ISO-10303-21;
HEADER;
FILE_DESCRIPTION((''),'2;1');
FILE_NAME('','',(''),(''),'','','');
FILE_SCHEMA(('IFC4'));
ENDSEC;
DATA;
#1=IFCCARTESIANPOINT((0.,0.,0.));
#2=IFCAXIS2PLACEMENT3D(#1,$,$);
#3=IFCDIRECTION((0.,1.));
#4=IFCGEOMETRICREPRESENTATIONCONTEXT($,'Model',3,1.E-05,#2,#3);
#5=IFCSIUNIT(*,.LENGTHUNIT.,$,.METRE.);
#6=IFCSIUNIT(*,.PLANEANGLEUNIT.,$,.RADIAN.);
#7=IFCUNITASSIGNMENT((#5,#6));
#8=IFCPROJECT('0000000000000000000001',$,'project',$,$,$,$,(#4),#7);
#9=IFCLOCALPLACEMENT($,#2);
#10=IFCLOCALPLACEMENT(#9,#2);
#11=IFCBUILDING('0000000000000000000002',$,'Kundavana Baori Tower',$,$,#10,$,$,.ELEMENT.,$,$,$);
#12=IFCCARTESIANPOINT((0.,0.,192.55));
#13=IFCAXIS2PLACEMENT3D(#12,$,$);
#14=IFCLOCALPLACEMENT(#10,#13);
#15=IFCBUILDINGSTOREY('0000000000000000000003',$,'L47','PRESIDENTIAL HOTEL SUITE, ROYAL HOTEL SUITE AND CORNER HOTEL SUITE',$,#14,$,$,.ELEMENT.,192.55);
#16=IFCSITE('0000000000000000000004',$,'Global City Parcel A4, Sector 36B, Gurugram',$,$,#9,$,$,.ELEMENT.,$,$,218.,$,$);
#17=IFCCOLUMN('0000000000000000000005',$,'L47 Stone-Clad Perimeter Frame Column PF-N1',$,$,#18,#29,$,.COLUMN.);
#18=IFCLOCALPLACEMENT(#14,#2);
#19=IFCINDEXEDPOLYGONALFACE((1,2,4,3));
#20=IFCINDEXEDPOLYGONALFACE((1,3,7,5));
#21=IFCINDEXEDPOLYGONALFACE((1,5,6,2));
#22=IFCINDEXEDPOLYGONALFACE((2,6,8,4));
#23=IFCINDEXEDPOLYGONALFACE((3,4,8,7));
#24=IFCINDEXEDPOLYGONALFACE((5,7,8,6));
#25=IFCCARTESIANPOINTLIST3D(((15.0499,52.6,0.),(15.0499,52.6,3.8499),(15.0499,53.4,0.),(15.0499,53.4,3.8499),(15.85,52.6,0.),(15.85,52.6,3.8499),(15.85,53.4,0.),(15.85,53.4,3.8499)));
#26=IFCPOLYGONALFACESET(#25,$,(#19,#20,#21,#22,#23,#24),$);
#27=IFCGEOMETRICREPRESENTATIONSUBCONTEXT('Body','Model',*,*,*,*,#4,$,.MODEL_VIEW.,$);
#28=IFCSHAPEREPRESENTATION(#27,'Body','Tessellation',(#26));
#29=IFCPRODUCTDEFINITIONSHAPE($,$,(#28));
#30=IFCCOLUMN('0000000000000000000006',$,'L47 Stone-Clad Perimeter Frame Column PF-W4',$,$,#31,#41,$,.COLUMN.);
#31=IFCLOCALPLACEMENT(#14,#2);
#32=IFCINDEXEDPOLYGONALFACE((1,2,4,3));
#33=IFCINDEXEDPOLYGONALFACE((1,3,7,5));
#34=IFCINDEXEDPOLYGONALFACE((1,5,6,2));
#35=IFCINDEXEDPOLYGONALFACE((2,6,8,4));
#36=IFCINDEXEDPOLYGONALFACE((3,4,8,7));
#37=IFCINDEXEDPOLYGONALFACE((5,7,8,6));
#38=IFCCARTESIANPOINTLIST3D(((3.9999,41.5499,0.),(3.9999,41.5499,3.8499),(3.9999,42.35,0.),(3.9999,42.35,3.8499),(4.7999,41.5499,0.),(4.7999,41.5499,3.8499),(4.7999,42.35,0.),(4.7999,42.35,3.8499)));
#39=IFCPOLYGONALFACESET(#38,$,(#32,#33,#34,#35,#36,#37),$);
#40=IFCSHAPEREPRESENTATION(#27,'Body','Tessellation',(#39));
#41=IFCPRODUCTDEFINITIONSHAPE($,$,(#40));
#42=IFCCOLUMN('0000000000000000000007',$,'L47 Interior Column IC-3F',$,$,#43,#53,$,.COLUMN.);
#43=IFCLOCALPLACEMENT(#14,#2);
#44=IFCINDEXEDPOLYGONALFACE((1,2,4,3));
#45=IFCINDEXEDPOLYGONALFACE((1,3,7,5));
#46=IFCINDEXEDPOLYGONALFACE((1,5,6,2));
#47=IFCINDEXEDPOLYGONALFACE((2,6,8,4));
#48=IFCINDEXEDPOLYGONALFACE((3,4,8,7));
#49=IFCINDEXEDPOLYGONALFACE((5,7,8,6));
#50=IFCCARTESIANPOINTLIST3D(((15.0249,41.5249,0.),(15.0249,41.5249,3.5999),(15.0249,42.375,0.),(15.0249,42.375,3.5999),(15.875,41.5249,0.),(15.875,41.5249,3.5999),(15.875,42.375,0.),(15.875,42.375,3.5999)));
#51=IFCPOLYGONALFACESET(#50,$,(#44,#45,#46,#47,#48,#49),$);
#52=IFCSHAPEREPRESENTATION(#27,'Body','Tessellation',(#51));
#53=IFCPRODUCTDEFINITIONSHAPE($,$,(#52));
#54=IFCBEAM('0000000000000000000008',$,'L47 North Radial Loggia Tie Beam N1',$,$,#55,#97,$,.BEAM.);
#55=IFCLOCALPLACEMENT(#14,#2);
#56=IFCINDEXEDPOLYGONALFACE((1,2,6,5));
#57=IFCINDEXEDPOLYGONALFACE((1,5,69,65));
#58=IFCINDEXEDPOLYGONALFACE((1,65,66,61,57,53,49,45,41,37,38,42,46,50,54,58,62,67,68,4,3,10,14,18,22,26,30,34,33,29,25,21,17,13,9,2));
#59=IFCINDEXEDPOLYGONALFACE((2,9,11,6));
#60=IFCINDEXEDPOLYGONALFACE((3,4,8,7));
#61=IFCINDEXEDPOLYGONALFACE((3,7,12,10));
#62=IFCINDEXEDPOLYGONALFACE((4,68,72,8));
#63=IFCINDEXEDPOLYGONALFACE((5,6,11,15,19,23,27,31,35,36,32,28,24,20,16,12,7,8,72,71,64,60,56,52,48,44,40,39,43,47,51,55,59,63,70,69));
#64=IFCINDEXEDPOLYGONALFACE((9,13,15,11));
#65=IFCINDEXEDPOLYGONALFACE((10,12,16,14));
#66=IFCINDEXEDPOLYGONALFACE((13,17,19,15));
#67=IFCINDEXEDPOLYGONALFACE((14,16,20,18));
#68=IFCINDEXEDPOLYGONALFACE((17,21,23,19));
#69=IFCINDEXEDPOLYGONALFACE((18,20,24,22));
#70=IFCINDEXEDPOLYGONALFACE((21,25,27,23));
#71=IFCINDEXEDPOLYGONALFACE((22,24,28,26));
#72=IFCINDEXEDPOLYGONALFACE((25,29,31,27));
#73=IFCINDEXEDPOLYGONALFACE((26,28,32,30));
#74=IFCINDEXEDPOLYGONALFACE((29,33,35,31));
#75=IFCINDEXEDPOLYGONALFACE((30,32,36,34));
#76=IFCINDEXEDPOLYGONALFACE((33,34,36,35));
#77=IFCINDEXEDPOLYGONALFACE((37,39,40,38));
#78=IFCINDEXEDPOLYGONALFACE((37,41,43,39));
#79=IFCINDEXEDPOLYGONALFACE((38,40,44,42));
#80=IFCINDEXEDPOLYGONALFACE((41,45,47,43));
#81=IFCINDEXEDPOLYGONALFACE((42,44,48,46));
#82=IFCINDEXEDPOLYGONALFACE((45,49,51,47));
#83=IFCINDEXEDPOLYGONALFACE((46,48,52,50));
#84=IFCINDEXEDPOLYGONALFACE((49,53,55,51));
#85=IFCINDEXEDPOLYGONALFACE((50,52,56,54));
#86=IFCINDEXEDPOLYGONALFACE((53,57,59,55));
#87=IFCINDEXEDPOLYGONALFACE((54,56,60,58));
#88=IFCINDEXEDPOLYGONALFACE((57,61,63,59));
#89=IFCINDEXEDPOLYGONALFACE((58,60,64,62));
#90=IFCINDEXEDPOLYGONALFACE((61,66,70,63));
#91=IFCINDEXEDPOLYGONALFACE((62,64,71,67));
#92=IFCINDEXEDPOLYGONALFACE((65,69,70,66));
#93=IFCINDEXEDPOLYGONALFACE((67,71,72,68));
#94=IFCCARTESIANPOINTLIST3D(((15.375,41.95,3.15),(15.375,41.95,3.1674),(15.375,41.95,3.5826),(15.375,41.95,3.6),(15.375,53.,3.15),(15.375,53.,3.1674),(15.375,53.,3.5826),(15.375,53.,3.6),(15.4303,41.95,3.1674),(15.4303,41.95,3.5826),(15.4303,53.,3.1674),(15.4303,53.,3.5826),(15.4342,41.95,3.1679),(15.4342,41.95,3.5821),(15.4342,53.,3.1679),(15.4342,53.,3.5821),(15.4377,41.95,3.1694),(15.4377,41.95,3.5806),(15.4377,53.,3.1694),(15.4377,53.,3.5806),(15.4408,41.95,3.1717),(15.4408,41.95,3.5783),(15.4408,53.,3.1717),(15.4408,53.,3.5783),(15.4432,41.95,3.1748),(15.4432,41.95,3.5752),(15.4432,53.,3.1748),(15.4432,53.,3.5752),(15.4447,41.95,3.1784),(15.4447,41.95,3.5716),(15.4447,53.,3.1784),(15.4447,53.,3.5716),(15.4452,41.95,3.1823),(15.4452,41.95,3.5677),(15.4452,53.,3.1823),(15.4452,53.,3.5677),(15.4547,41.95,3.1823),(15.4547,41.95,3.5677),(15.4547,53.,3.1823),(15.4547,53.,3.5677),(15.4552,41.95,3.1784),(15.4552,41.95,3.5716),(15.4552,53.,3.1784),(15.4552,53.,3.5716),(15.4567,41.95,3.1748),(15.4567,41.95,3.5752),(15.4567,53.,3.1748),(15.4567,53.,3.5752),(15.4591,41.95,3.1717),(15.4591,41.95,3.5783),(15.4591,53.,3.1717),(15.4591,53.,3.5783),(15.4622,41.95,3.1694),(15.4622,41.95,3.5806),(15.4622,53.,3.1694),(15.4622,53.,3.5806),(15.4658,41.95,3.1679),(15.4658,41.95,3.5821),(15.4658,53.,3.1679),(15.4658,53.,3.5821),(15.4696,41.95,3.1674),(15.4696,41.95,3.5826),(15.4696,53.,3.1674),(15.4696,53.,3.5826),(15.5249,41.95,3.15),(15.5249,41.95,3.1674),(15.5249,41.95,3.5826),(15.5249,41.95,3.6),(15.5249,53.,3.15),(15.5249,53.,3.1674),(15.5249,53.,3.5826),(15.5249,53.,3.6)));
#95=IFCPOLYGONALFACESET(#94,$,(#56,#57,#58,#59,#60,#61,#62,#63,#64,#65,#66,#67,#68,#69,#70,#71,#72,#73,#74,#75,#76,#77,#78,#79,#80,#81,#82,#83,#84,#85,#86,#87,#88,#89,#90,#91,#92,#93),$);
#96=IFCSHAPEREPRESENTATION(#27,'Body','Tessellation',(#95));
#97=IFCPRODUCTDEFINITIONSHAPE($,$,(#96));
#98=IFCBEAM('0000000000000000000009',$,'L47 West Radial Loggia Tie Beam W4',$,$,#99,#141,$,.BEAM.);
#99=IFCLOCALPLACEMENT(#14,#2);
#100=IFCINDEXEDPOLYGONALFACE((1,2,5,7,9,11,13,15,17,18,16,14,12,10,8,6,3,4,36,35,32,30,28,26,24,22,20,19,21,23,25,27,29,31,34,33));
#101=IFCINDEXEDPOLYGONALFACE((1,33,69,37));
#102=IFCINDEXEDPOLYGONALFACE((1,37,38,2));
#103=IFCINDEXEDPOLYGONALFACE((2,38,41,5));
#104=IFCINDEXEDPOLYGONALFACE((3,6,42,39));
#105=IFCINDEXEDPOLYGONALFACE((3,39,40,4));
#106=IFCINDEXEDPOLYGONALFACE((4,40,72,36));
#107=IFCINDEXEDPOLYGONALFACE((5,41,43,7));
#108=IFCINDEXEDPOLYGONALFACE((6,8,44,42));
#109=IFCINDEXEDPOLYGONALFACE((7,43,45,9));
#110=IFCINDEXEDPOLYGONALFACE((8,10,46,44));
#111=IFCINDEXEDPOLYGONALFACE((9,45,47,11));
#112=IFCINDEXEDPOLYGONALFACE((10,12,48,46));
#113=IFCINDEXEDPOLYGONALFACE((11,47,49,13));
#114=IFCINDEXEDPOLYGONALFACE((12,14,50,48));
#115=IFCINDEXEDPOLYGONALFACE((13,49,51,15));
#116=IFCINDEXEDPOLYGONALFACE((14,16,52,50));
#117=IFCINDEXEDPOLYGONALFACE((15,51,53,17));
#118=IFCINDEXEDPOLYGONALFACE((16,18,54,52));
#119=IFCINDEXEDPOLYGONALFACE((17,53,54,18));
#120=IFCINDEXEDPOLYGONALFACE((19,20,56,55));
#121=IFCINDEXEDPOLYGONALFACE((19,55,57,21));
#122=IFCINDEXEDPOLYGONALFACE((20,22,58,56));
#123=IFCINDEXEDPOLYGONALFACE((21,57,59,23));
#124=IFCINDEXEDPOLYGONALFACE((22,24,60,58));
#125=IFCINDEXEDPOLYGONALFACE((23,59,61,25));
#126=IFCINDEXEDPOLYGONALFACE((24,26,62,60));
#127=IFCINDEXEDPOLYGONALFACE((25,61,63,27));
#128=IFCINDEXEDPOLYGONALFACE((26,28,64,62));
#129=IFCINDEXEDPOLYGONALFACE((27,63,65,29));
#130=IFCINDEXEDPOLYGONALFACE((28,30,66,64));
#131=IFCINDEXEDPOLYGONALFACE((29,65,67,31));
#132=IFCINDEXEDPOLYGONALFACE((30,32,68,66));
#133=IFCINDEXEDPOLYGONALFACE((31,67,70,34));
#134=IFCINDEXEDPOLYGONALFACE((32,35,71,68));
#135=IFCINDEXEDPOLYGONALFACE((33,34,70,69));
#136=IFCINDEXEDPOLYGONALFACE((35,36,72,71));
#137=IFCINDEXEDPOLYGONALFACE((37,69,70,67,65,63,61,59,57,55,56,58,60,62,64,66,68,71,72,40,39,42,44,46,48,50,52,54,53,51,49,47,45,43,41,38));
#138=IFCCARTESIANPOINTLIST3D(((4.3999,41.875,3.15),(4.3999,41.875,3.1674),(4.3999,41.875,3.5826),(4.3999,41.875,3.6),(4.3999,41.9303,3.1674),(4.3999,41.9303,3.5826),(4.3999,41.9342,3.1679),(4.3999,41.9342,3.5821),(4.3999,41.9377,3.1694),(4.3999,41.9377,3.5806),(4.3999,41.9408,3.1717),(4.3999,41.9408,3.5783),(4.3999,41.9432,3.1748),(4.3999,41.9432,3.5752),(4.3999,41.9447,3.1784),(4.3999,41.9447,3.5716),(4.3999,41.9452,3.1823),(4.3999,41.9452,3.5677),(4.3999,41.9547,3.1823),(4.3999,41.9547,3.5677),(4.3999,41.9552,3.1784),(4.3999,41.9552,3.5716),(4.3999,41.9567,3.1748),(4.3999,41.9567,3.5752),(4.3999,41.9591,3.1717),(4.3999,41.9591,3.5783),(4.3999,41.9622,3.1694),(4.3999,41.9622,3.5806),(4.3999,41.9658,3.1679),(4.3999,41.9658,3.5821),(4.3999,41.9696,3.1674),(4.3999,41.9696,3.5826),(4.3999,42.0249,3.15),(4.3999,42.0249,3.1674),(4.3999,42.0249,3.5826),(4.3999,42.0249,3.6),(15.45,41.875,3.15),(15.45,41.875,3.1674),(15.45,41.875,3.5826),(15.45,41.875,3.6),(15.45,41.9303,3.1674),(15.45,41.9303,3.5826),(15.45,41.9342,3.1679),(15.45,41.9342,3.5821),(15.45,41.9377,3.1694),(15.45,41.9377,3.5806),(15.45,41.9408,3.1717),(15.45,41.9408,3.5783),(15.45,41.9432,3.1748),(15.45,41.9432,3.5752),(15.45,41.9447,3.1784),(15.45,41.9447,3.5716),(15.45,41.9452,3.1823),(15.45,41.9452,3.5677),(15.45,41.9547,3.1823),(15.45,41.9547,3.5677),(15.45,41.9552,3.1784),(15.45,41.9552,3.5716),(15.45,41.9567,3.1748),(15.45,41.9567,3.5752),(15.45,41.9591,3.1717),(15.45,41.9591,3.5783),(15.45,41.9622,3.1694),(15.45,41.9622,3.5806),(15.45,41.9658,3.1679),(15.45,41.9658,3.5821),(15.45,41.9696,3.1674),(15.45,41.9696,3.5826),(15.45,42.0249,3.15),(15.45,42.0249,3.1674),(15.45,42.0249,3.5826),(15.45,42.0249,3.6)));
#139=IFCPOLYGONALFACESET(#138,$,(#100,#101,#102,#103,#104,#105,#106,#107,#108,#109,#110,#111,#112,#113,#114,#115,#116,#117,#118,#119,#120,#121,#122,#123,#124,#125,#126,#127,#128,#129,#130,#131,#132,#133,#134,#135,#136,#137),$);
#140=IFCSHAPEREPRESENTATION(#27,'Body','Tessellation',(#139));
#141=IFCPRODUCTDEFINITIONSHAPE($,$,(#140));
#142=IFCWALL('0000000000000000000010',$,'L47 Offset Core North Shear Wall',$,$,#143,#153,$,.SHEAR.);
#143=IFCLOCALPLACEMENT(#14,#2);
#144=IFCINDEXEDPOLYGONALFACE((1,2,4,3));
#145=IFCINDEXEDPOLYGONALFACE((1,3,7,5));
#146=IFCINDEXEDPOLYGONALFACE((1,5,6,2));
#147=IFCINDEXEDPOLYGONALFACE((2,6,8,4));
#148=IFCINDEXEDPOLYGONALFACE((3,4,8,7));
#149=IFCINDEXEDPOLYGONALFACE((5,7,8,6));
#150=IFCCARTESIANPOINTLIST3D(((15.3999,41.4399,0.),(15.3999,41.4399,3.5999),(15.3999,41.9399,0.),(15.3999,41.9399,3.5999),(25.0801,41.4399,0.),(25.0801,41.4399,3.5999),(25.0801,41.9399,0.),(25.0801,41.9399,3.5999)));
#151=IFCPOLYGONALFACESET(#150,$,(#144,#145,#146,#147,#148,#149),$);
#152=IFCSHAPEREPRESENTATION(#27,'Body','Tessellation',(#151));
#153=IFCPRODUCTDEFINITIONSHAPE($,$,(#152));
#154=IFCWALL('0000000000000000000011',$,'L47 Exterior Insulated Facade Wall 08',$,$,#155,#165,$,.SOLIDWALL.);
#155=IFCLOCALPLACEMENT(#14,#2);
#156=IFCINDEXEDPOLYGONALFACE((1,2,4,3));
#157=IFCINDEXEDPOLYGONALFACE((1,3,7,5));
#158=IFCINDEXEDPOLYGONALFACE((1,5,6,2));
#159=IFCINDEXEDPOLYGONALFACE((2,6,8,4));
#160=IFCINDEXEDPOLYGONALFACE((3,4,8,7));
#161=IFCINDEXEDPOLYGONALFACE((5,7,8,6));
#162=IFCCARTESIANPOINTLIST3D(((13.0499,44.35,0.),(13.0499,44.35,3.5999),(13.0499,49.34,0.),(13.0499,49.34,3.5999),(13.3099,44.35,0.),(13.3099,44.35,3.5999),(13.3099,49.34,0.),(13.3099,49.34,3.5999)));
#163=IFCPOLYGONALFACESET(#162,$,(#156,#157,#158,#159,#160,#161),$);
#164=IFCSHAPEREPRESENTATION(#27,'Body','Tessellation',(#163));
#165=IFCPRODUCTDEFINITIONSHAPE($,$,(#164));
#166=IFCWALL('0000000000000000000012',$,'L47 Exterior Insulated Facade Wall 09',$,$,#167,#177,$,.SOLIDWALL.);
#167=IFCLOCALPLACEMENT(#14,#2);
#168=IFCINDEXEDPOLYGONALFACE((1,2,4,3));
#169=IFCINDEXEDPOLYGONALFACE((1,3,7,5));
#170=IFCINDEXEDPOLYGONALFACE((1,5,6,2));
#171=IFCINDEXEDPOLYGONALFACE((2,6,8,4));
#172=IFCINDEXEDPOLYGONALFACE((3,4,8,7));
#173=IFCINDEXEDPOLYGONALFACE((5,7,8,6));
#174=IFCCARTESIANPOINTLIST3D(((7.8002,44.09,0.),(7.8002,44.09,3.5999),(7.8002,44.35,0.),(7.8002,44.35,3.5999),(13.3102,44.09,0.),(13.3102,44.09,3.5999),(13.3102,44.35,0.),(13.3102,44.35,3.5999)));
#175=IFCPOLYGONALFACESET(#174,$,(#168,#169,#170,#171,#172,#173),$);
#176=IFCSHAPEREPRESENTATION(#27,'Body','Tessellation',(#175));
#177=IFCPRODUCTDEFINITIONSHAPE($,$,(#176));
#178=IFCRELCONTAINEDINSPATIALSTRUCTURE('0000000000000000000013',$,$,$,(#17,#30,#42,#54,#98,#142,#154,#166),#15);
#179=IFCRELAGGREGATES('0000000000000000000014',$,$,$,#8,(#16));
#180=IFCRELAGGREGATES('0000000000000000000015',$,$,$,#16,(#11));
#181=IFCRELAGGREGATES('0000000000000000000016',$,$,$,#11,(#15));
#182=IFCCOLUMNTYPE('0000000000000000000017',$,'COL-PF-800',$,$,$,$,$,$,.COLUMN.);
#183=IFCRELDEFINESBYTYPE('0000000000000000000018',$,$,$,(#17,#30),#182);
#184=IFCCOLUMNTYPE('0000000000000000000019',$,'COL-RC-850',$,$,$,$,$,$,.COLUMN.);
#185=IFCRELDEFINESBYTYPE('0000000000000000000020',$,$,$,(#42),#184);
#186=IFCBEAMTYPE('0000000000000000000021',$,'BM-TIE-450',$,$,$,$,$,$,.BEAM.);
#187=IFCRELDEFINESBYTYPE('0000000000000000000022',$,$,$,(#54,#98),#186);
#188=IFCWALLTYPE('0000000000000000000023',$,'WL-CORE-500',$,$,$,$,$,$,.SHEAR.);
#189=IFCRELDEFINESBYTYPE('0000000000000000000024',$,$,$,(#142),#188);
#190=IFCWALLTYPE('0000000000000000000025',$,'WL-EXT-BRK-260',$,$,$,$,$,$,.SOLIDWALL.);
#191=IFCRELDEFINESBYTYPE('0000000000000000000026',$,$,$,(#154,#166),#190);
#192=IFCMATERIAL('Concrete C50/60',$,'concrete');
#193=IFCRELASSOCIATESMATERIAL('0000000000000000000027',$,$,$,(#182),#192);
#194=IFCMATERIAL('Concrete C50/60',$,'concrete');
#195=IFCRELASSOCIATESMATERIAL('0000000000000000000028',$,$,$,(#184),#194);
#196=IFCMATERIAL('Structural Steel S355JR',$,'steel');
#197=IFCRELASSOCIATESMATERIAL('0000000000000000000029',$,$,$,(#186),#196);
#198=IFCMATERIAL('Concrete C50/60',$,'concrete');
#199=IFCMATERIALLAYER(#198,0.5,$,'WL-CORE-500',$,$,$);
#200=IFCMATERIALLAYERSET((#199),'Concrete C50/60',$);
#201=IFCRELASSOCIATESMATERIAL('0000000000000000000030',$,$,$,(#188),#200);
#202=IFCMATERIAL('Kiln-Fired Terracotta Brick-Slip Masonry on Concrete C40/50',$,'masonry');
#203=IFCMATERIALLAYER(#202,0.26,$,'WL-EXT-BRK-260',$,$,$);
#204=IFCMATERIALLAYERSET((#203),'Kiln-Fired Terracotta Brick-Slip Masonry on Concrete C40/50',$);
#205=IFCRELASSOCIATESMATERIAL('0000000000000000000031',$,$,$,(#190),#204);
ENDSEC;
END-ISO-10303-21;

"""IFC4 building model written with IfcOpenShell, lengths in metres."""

from ifc_helpers import new_model, si_unit, direction, frame, frame_2d, origin, origin_2d, place, context, subcontext, project, spatial, rectangle, i_section, extrude, material, layer, layer_set, material_profile, profile_set, type_object, element, save


model = new_model("IFC4")

# Units and contexts
model_context = context("Model", 3, precision=1e-05, world=origin(), true_north=direction((0.0, 1.0)))
body_context = subcontext(model_context, "Body", "Model", "MODEL_VIEW")
ifc_project = project(units=[si_unit("LENGTHUNIT", "METRE"), si_unit("PLANEANGLEUNIT", "RADIAN")], contexts=[model_context])

# Site, building, storey
site_placement = place(None, origin())
site = spatial("IfcSite", under=ifc_project, at=site_placement, Name="Global City Parcel A4, Sector 36B, Gurugram", CompositionType="ELEMENT", RefElevation=218.0)
building_placement = place(site_placement, origin())
building = spatial("IfcBuilding", under=site, at=building_placement, Name="Kundavana Baori Tower", CompositionType="ELEMENT")
storey_placement = place(building_placement, frame((0.0, 0.0, 192.55)))
storey = spatial("IfcBuildingStorey", under=building, at=storey_placement, Name="L47", Description="PRESIDENTIAL HOTEL SUITE, ROYAL HOTEL SUITE AND CORNER HOTEL SUITE", CompositionType="ELEMENT", Elevation=192.55)

# Columns
ifc_material_1 = material(Name="Concrete C50/60", Category="concrete")
ifc_material_profile_1 = material_profile(ifc_material_1, rectangle(XDim=0.8, YDim=0.8, at=origin_2d()), Name="RC PF 800x800")
ifc_profile_set_1 = profile_set([ifc_material_profile_1], Name="Concrete C50/60")
column_type_1 = type_object("IfcColumnType", Name="COL-PF-800", PredefinedType="COLUMN", material=ifc_profile_set_1)
for number, where, z_axis, x_axis, name in (
    (1, (15.45, 53.0, 0.0), (0.0, 0.0, 1.0), (1.0, 0.0, 0.0), "L47 Stone-Clad Perimeter Frame Column PF-N1"),
    (2, (4.3999, 41.95, 0.0), (0.0, 0.0, 1.0), (1.0, 0.0, 0.0), "L47 Stone-Clad Perimeter Frame Column PF-W4"),
):
    element("IfcColumn", number, at=place(storey_placement, frame(where, z_axis=z_axis, x_axis=x_axis)), inside=storey, type_object=column_type_1, Name=name, PredefinedType="COLUMN", context=body_context, shape_type="SweptSolid", body=[
        extrude(rectangle(XDim=0.8, YDim=0.8, at=origin_2d()), origin(), (0.0, 0.0, 1.0), 3.8499),
    ])
ifc_material_2 = material(Name="Concrete C50/60", Category="concrete")
ifc_material_profile_2 = material_profile(ifc_material_2, rectangle(XDim=0.8501, YDim=0.8501, at=origin_2d()), Name="RC 850x850")
ifc_profile_set_2 = profile_set([ifc_material_profile_2], Name="Concrete C50/60")
column_type_2 = type_object("IfcColumnType", Name="COL-RC-850", PredefinedType="COLUMN", material=ifc_profile_set_2)
column_placement = place(storey_placement, frame((15.45, 41.95, 0.0), z_axis=(0.0, 0.0, 1.0), x_axis=(1.0, 0.0, 0.0)))
element("IfcColumn", 3, at=column_placement, inside=storey, type_object=column_type_2, Name="L47 Interior Column IC-3F", PredefinedType="COLUMN", context=body_context, shape_type="SweptSolid", body=[
    extrude(rectangle(XDim=0.8501, YDim=0.8501, at=origin_2d()), origin(), (0.0, 0.0, 1.0), 3.5999),
])

# Beams
ifc_material_3 = material(Name="Structural Steel S355JR", Category="steel")
ifc_material_profile_3 = material_profile(ifc_material_3, i_section(OverallWidth=0.1499, OverallDepth=0.45, WebThickness=0.0095, FlangeThickness=0.0173, FilletRadius=0.0149, at=origin_2d()), Name="ISMB 450")
ifc_profile_set_3 = profile_set([ifc_material_profile_3], Name="Structural Steel S355JR")
beam_type = type_object("IfcBeamType", Name="BM-TIE-450", PredefinedType="BEAM", material=ifc_profile_set_3)
for number, where, z_axis, x_axis, name in (
    (4, (15.45, 41.95, 3.375), (0.0, 1.0, 0.0), (-1.0, 0.0, 0.0), "L47 North Radial Loggia Tie Beam N1"),
    (5, (15.45, 41.95, 3.375), (-1.0, 0.0, 0.0), (0.0, -1.0, 0.0), "L47 West Radial Loggia Tie Beam W4"),
):
    element("IfcBeam", number, at=place(storey_placement, frame(where, z_axis=z_axis, x_axis=x_axis)), inside=storey, type_object=beam_type, Name=name, PredefinedType="BEAM", context=body_context, shape_type="SweptSolid", body=[
        extrude(i_section(OverallWidth=0.1499, OverallDepth=0.45, WebThickness=0.0095, FlangeThickness=0.0173, FilletRadius=0.0149, at=origin_2d()), origin(), (0.0, 0.0, 1.0), 11.05),
    ])

# Walls
ifc_material_4 = material(Name="Concrete C50/60", Category="concrete")
ifc_layer_1 = layer(ifc_material_4, 0.5, Name="WL-CORE-500")
ifc_layer_set_1 = layer_set([ifc_layer_1], Name="Concrete C50/60")
wall_type_1 = type_object("IfcWallType", Name="WL-CORE-500", PredefinedType="SHEAR", material=ifc_layer_set_1)
wall_1_placement = place(storey_placement, frame((15.3999, 41.6899, 0.0), z_axis=(0.0, 0.0, 1.0), x_axis=(1.0, 0.0, 0.0)))
element("IfcWall", 6, at=wall_1_placement, inside=storey, type_object=wall_type_1, Name="L47 Offset Core North Shear Wall", PredefinedType="SHEAR", context=body_context, shape_type="SweptSolid", body=[
    extrude(rectangle(XDim=9.6802, YDim=0.5, at=frame_2d((4.8401, 0.0))), origin(), (0.0, 0.0, 1.0), 3.5999),
])
ifc_material_5 = material(Name="Kiln-Fired Terracotta Brick-Slip Masonry on Concrete C40/50", Category="masonry")
ifc_layer_2 = layer(ifc_material_5, 0.26, Name="WL-EXT-BRK-260")
ifc_layer_set_2 = layer_set([ifc_layer_2], Name="Kiln-Fired Terracotta Brick-Slip Masonry on Concrete C40/50")
wall_type_2 = type_object("IfcWallType", Name="WL-EXT-BRK-260", PredefinedType="SOLIDWALL", material=ifc_layer_set_2)
wall_2_placement = place(storey_placement, frame((13.1799, 49.3401, 0.0), z_axis=(0.0, 0.0, 1.0), x_axis=(0.0, -1.0, 0.0)))
element("IfcWall", 7, at=wall_2_placement, inside=storey, type_object=wall_type_2, Name="L47 Exterior Insulated Facade Wall 08", PredefinedType="SOLIDWALL", context=body_context, shape_type="SweptSolid", body=[
    extrude(rectangle(XDim=4.99, YDim=0.26, at=frame_2d((2.4951, 0.0))), origin(), (0.0, 0.0, 1.0), 3.5999),
])
wall_3_placement = place(storey_placement, frame((13.3101, 44.22, 0.0), z_axis=(0.0, 0.0, 1.0), x_axis=(-1.0, 0.0, 0.0)))
element("IfcWall", 8, at=wall_3_placement, inside=storey, type_object=wall_type_2, Name="L47 Exterior Insulated Facade Wall 09", PredefinedType="SOLIDWALL", context=body_context, shape_type="SweptSolid", body=[
    extrude(rectangle(XDim=5.51, YDim=0.26, at=frame_2d((2.7549, 0.0))), origin(), (0.0, 0.0, 1.0), 3.5999),
])

save(model, "model.ifc")
